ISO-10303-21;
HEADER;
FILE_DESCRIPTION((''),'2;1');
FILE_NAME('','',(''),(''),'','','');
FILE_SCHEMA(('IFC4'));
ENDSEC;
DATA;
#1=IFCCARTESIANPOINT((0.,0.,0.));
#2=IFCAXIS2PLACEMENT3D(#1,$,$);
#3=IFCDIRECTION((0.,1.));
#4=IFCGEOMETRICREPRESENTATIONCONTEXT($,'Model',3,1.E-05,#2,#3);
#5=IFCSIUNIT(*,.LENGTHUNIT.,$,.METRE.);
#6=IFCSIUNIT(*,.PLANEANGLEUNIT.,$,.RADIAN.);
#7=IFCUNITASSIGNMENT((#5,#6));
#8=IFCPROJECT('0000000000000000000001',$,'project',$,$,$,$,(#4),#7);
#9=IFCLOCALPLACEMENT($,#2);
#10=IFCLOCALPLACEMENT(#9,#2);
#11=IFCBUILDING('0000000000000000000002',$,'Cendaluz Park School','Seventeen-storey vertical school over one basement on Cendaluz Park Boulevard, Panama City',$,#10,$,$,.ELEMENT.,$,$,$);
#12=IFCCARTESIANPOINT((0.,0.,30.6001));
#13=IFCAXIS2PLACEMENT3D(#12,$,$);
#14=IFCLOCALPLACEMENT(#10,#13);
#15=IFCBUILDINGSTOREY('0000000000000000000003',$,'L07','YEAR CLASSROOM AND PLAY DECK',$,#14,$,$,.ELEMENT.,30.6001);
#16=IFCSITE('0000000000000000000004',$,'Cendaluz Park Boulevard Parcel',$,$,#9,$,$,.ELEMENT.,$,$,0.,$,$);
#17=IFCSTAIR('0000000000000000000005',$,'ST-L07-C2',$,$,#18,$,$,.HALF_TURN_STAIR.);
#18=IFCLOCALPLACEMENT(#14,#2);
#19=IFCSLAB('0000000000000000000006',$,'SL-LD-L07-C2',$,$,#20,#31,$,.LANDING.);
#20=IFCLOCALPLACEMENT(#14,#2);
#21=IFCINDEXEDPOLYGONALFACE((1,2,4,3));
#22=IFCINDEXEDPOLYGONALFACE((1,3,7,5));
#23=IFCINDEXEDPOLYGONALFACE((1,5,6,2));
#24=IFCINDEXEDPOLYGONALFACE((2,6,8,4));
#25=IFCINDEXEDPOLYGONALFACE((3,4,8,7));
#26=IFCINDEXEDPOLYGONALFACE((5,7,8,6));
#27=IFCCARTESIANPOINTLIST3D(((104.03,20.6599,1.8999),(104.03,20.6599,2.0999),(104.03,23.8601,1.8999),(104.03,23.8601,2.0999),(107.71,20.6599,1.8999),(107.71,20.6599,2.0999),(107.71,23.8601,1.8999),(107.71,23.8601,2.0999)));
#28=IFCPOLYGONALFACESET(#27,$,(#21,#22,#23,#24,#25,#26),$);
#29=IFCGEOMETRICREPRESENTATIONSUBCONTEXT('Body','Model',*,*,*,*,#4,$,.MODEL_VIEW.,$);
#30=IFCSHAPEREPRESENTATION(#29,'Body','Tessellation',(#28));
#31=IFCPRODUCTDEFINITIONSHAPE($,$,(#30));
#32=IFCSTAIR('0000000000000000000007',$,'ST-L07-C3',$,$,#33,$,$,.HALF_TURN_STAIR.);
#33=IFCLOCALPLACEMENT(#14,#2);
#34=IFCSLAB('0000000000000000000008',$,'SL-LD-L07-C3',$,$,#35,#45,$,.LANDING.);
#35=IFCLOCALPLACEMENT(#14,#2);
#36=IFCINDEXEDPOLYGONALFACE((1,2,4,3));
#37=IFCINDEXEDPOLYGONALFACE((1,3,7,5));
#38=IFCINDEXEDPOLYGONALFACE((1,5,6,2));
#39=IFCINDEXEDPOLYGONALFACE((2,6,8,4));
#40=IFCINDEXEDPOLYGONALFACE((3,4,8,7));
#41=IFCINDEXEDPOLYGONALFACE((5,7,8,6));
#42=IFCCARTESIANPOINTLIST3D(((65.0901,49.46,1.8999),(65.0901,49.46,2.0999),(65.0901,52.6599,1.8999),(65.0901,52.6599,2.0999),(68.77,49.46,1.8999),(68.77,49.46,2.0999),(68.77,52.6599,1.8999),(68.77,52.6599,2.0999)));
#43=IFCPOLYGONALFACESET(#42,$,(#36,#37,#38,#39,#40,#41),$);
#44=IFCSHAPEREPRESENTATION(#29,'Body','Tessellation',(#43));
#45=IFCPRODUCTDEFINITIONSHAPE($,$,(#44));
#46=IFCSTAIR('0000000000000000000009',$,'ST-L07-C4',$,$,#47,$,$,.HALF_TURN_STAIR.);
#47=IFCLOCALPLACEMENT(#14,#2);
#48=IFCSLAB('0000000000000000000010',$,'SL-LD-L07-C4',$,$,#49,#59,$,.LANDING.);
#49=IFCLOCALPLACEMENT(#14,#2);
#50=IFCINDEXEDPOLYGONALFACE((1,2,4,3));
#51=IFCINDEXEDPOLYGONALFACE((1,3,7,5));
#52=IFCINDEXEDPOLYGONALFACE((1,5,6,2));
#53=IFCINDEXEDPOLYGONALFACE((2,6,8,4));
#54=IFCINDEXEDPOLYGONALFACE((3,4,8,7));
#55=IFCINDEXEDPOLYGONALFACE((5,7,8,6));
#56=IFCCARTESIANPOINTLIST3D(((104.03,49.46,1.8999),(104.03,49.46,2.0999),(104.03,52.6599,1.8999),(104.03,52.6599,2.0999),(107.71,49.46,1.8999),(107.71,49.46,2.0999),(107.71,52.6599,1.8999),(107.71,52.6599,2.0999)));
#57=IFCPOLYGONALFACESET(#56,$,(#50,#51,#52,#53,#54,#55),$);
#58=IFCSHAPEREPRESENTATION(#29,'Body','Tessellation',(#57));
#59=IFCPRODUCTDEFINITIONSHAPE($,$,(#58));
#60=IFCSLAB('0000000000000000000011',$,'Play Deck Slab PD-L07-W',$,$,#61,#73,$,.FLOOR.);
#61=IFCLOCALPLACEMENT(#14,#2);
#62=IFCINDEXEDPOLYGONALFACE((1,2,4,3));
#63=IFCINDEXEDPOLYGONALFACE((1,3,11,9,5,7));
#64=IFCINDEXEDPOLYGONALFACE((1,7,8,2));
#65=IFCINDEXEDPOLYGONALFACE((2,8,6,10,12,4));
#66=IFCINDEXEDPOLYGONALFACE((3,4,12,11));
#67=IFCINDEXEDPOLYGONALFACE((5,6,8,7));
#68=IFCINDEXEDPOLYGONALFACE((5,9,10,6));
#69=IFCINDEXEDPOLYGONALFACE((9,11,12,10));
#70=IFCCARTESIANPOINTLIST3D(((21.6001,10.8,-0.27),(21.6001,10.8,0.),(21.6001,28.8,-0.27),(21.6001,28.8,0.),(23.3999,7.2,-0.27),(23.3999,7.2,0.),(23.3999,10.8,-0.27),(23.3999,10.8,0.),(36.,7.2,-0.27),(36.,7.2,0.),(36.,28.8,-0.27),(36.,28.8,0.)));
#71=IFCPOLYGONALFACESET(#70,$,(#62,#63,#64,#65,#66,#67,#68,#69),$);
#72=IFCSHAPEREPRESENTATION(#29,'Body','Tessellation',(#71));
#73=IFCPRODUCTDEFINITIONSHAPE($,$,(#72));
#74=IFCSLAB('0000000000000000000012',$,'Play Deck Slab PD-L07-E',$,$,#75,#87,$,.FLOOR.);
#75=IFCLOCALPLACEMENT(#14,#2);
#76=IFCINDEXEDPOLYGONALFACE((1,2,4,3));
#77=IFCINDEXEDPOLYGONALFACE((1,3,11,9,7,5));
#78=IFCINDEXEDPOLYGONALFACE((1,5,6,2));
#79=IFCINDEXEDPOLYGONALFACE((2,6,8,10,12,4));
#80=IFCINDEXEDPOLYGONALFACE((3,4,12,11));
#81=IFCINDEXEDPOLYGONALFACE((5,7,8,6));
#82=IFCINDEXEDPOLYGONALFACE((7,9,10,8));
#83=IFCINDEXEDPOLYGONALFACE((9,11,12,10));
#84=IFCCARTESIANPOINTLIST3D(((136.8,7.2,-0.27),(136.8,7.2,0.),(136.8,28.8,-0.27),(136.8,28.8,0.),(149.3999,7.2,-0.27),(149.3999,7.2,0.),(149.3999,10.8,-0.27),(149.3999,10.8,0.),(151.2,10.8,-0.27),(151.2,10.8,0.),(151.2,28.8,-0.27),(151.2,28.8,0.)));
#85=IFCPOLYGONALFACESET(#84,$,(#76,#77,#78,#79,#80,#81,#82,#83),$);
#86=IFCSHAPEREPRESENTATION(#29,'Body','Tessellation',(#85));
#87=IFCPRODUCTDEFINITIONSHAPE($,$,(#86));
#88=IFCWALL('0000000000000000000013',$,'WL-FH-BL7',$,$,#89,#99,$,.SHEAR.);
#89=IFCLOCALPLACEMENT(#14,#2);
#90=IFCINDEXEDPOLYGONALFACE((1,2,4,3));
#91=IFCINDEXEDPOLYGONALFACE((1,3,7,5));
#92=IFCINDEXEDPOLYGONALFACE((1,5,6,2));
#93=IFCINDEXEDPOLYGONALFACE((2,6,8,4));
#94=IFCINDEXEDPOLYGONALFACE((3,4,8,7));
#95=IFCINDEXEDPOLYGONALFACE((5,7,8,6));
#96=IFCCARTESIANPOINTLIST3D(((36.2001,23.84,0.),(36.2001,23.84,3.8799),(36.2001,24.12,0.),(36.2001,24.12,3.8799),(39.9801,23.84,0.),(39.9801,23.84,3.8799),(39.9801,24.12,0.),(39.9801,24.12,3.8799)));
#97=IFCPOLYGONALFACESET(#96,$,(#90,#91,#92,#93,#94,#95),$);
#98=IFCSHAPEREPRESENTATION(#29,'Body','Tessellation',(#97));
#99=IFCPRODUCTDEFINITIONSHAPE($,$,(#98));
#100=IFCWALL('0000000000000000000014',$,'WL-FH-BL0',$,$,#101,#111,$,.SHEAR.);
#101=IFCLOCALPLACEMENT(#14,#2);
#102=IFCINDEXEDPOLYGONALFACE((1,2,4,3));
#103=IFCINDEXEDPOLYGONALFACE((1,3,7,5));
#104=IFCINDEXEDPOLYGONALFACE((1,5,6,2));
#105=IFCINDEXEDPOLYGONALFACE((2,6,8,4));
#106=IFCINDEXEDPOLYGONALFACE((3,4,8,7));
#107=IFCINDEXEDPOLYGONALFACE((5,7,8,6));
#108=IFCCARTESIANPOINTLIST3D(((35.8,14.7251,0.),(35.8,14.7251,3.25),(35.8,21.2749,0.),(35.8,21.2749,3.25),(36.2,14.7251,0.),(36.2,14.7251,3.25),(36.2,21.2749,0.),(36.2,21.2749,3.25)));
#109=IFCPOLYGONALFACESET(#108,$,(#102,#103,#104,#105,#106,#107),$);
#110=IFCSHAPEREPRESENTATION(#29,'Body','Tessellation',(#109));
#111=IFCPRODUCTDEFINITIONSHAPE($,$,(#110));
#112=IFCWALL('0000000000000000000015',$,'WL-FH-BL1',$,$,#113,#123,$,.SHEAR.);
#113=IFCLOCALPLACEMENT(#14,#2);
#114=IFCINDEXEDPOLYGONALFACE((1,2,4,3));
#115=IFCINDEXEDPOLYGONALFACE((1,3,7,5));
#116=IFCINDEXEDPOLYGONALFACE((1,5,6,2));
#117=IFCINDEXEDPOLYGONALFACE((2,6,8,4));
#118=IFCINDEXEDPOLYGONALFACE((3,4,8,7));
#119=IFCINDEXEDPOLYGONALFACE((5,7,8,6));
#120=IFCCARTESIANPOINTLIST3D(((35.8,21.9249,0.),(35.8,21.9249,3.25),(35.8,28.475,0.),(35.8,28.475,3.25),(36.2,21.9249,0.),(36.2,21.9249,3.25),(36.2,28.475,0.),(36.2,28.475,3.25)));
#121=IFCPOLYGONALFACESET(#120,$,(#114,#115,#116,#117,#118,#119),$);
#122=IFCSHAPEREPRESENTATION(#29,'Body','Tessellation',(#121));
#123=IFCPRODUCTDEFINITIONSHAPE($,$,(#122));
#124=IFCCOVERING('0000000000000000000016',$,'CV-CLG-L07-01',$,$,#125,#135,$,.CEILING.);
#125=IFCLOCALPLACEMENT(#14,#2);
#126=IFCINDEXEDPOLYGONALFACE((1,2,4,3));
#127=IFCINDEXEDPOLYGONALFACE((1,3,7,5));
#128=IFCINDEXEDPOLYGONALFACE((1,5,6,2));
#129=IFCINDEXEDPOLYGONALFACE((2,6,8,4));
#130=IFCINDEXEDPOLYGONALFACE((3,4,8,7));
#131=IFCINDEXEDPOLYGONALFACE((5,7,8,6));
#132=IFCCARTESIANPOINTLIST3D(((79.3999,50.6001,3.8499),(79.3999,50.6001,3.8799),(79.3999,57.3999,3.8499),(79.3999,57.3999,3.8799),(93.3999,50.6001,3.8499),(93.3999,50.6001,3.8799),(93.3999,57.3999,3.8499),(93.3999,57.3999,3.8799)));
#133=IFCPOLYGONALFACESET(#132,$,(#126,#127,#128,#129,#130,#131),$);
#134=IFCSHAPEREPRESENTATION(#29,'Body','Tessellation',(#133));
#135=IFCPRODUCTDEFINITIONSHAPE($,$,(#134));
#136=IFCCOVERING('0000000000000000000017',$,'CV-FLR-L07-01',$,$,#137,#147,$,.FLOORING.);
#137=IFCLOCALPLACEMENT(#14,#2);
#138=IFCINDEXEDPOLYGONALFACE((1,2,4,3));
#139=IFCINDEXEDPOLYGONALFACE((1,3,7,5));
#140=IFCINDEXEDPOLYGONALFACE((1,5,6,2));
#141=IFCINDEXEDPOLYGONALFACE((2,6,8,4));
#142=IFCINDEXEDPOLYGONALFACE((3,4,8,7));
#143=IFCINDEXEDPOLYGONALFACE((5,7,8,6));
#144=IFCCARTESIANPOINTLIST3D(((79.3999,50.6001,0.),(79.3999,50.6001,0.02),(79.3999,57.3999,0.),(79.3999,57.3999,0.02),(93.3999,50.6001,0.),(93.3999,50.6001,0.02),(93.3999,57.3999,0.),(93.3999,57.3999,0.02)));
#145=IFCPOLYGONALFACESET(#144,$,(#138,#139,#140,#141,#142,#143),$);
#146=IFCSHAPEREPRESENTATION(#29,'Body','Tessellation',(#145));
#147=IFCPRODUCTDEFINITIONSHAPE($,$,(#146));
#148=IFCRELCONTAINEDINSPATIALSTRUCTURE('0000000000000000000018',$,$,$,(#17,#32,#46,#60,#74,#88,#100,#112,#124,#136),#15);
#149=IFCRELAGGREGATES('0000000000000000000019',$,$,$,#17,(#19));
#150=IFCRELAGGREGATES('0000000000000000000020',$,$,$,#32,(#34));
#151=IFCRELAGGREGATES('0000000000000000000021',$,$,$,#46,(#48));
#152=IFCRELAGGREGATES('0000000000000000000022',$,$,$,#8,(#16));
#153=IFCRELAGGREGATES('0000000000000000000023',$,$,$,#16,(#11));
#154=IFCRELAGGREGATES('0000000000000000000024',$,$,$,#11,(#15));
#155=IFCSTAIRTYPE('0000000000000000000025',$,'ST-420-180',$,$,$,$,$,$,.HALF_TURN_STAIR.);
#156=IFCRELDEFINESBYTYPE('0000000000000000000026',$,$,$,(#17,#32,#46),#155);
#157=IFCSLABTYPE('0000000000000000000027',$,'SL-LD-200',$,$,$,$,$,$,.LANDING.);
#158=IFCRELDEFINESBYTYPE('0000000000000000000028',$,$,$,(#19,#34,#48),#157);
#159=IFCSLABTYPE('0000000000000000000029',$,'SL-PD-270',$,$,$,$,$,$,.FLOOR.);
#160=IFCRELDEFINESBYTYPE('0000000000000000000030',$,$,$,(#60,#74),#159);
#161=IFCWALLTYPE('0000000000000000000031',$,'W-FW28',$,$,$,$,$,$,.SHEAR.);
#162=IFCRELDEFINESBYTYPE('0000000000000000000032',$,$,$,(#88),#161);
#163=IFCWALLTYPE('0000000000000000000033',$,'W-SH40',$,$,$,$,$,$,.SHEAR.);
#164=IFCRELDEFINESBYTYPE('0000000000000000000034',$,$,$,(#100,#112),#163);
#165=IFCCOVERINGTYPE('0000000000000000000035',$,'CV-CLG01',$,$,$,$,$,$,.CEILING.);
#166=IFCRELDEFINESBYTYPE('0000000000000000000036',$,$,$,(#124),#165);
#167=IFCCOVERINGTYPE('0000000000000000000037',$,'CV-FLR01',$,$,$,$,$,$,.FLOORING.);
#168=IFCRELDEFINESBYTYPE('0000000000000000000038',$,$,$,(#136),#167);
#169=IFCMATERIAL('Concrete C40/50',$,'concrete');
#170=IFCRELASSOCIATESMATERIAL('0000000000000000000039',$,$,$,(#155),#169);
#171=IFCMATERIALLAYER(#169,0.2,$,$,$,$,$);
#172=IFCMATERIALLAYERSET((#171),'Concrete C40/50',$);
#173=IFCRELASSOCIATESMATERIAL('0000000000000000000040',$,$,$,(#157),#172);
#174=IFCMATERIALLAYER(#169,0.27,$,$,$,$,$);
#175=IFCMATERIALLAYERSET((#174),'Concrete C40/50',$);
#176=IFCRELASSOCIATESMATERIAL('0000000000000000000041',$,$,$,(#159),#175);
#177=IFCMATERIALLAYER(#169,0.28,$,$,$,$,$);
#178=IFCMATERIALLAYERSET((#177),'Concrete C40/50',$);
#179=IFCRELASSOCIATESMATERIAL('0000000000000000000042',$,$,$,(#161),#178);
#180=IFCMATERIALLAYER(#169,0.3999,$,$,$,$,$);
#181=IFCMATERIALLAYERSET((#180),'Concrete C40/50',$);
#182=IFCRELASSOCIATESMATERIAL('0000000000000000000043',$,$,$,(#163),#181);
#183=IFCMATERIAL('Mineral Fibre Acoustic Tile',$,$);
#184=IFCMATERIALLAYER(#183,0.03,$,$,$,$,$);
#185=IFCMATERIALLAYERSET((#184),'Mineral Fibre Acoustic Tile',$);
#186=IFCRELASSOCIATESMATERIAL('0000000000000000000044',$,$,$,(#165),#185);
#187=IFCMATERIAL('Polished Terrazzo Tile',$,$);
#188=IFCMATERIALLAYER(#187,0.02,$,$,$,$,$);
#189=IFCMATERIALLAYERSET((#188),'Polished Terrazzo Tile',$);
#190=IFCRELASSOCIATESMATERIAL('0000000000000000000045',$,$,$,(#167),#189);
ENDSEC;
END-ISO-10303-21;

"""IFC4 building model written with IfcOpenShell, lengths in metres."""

from ifc_helpers import new_model, si_unit, direction, frame, frame_2d, origin, place, context, subcontext, project, spatial, polyline, rectangle, outline, extrude, material, layer, layer_set, type_object, element, aggregate, save


model = new_model("IFC4")

# Units and contexts
model_context = context("Model", 3, precision=1e-05, world=origin(), true_north=direction((0.0, 1.0)))
body_context = subcontext(model_context, "Body", "Model", "MODEL_VIEW")
ifc_project = project(units=[si_unit("LENGTHUNIT", "METRE"), si_unit("PLANEANGLEUNIT", "RADIAN")], contexts=[model_context])

# Site, building, storey
site_placement = place(None, origin())
site = spatial("IfcSite", under=ifc_project, at=site_placement, Name="Cendaluz Park Boulevard Parcel", CompositionType="ELEMENT", RefElevation=0.0)
building_placement = place(site_placement, origin())
building = spatial("IfcBuilding", under=site, at=building_placement, Name="Cendaluz Park School", Description="Seventeen-storey vertical school over one basement on Cendaluz Park Boulevard, Panama City", CompositionType="ELEMENT")
storey_placement = place(building_placement, frame((0.0, 0.0, 30.6001)))
storey = spatial("IfcBuildingStorey", under=building, at=storey_placement, Name="L07", Description="YEAR CLASSROOM AND PLAY DECK", CompositionType="ELEMENT", Elevation=30.6001)

# Shared definitions
ifc_material_1 = material(Name="Concrete C40/50", Category="concrete")

# Stairs, slabs
stair_type = type_object("IfcStairType", Name="ST-420-180", PredefinedType="HALF_TURN_STAIR", material=ifc_material_1)
ifc_layer_1 = layer(ifc_material_1, 0.2)
ifc_layer_set_1 = layer_set([ifc_layer_1], Name="Concrete C40/50")
slab_type_1 = type_object("IfcSlabType", Name="SL-LD-200", PredefinedType="LANDING", material=ifc_layer_set_1)
stair_1_placement = place(storey_placement, origin())
stair_1 = element("IfcStair", 1, at=stair_1_placement, inside=storey, type_object=stair_type, Name="ST-L07-C2", PredefinedType="HALF_TURN_STAIR")
slab_1_placement = place(storey_placement, frame((0.0, 0.0, 1.8999)))
slab_1 = element("IfcSlab", 2, at=slab_1_placement, type_object=slab_type_1, Name="SL-LD-L07-C2", PredefinedType="LANDING", context=body_context, shape_type="SweptSolid", body=[
    extrude(outline(polyline([(104.03, 20.6599), (107.71, 20.6599), (107.71, 23.8601), (104.03, 23.8601), (104.03, 20.6599)])), origin(), (0.0, 0.0, 1.0), 0.2),
])
aggregate(stair_1, [slab_1])
stair_2_placement = place(storey_placement, origin())
stair_2 = element("IfcStair", 3, at=stair_2_placement, inside=storey, type_object=stair_type, Name="ST-L07-C3", PredefinedType="HALF_TURN_STAIR")
slab_2_placement = place(storey_placement, frame((0.0, 0.0, 1.8999)))
slab_2 = element("IfcSlab", 4, at=slab_2_placement, type_object=slab_type_1, Name="SL-LD-L07-C3", PredefinedType="LANDING", context=body_context, shape_type="SweptSolid", body=[
    extrude(outline(polyline([(65.0901, 49.46), (68.77, 49.46), (68.77, 52.6599), (65.0901, 52.6599), (65.0901, 49.46)])), origin(), (0.0, 0.0, 1.0), 0.2),
])
aggregate(stair_2, [slab_2])
stair_3_placement = place(storey_placement, origin())
stair_3 = element("IfcStair", 5, at=stair_3_placement, inside=storey, type_object=stair_type, Name="ST-L07-C4", PredefinedType="HALF_TURN_STAIR")
slab_3_placement = place(storey_placement, frame((0.0, 0.0, 1.8999)))
slab_3 = element("IfcSlab", 6, at=slab_3_placement, type_object=slab_type_1, Name="SL-LD-L07-C4", PredefinedType="LANDING", context=body_context, shape_type="SweptSolid", body=[
    extrude(outline(polyline([(104.03, 49.46), (107.71, 49.46), (107.71, 52.6599), (104.03, 52.6599), (104.03, 49.46)])), origin(), (0.0, 0.0, 1.0), 0.2),
])
aggregate(stair_3, [slab_3])

# Slabs
ifc_layer_2 = layer(ifc_material_1, 0.27)
ifc_layer_set_2 = layer_set([ifc_layer_2], Name="Concrete C40/50")
slab_type_2 = type_object("IfcSlabType", Name="SL-PD-270", PredefinedType="FLOOR", material=ifc_layer_set_2)
slab_4_placement = place(storey_placement, frame((0.0, 0.0, -0.27)))
element("IfcSlab", 7, at=slab_4_placement, inside=storey, type_object=slab_type_2, Name="Play Deck Slab PD-L07-W", PredefinedType="FLOOR", context=body_context, shape_type="SweptSolid", body=[
    extrude(outline(polyline([(21.6001, 28.8), (36.0, 28.8), (36.0, 7.2), (23.3999, 7.2), (23.3999, 10.8), (21.6001, 10.8), (21.6001, 28.8)])), origin(), (0.0, 0.0, 1.0), 0.27),
])
slab_5_placement = place(storey_placement, frame((0.0, 0.0, -0.27)))
element("IfcSlab", 8, at=slab_5_placement, inside=storey, type_object=slab_type_2, Name="Play Deck Slab PD-L07-E", PredefinedType="FLOOR", context=body_context, shape_type="SweptSolid", body=[
    extrude(outline(polyline([(136.8, 28.8), (151.2, 28.8), (151.2, 10.8), (149.3999, 10.8), (149.3999, 7.2), (136.8, 7.2), (136.8, 28.8)])), origin(), (0.0, 0.0, 1.0), 0.27),
])

# Walls
ifc_layer_3 = layer(ifc_material_1, 0.28)
ifc_layer_set_3 = layer_set([ifc_layer_3], Name="Concrete C40/50")
wall_type_1 = type_object("IfcWallType", Name="W-FW28", PredefinedType="SHEAR", material=ifc_layer_set_3)
wall_1_placement = place(storey_placement, frame((36.2, 23.98, 0.0), z_axis=(0.0, 0.0, 1.0), x_axis=(1.0, 0.0, 0.0)))
element("IfcWall", 9, at=wall_1_placement, inside=storey, type_object=wall_type_1, Name="WL-FH-BL7", PredefinedType="SHEAR", context=body_context, shape_type="SweptSolid", body=[
    extrude(rectangle(XDim=3.78, YDim=0.28, at=frame_2d((1.8901, 0.0))), origin(), (0.0, 0.0, 1.0), 3.8799),
])
ifc_layer_4 = layer(ifc_material_1, 0.3999)
ifc_layer_set_4 = layer_set([ifc_layer_4], Name="Concrete C40/50")
wall_type_2 = type_object("IfcWallType", Name="W-SH40", PredefinedType="SHEAR", material=ifc_layer_set_4)
wall_2_placement = place(storey_placement, frame((36.0, 14.7251, 0.0), z_axis=(0.0, 0.0, 1.0), x_axis=(0.0, 1.0, 0.0)))
element("IfcWall", 10, at=wall_2_placement, inside=storey, type_object=wall_type_2, Name="WL-FH-BL0", PredefinedType="SHEAR", context=body_context, shape_type="SweptSolid", body=[
    extrude(rectangle(XDim=6.5498, YDim=0.3999, at=frame_2d((3.2749, 0.0))), origin(), (0.0, 0.0, 1.0), 3.25),
])
wall_3_placement = place(storey_placement, frame((36.0, 21.925, 0.0), z_axis=(0.0, 0.0, 1.0), x_axis=(0.0, 1.0, 0.0)))
element("IfcWall", 11, at=wall_3_placement, inside=storey, type_object=wall_type_2, Name="WL-FH-BL1", PredefinedType="SHEAR", context=body_context, shape_type="SweptSolid", body=[
    extrude(rectangle(XDim=6.55, YDim=0.3999, at=frame_2d((3.2749, 0.0))), origin(), (0.0, 0.0, 1.0), 3.25),
])

# Coverings
ifc_material_2 = material(Name="Mineral Fibre Acoustic Tile")
ifc_layer_5 = layer(ifc_material_2, 0.03)
ifc_layer_set_5 = layer_set([ifc_layer_5], Name="Mineral Fibre Acoustic Tile")
covering_type_1 = type_object("IfcCoveringType", Name="CV-CLG01", PredefinedType="CEILING", material=ifc_layer_set_5)
covering_1_placement = place(storey_placement, frame((0.0, 0.0, 3.8499)))
element("IfcCovering", 12, at=covering_1_placement, inside=storey, type_object=covering_type_1, Name="CV-CLG-L07-01", PredefinedType="CEILING", context=body_context, shape_type="SweptSolid", body=[
    extrude(outline(polyline([(79.3999, 50.6001), (93.3999, 50.6001), (93.3999, 57.3999), (79.3999, 57.3999), (79.3999, 50.6001)])), origin(), (0.0, 0.0, 1.0), 0.03),
])
ifc_material_3 = material(Name="Polished Terrazzo Tile")
ifc_layer_6 = layer(ifc_material_3, 0.02)
ifc_layer_set_6 = layer_set([ifc_layer_6], Name="Polished Terrazzo Tile")
covering_type_2 = type_object("IfcCoveringType", Name="CV-FLR01", PredefinedType="FLOORING", material=ifc_layer_set_6)
covering_2_placement = place(storey_placement, origin())
element("IfcCovering", 13, at=covering_2_placement, inside=storey, type_object=covering_type_2, Name="CV-FLR-L07-01", PredefinedType="FLOORING", context=body_context, shape_type="SweptSolid", body=[
    extrude(outline(polyline([(79.3999, 50.6001), (93.3999, 50.6001), (93.3999, 57.3999), (79.3999, 57.3999), (79.3999, 50.6001)])), origin(), (0.0, 0.0, 1.0), 0.02),
])

save(model, "model.ifc")
